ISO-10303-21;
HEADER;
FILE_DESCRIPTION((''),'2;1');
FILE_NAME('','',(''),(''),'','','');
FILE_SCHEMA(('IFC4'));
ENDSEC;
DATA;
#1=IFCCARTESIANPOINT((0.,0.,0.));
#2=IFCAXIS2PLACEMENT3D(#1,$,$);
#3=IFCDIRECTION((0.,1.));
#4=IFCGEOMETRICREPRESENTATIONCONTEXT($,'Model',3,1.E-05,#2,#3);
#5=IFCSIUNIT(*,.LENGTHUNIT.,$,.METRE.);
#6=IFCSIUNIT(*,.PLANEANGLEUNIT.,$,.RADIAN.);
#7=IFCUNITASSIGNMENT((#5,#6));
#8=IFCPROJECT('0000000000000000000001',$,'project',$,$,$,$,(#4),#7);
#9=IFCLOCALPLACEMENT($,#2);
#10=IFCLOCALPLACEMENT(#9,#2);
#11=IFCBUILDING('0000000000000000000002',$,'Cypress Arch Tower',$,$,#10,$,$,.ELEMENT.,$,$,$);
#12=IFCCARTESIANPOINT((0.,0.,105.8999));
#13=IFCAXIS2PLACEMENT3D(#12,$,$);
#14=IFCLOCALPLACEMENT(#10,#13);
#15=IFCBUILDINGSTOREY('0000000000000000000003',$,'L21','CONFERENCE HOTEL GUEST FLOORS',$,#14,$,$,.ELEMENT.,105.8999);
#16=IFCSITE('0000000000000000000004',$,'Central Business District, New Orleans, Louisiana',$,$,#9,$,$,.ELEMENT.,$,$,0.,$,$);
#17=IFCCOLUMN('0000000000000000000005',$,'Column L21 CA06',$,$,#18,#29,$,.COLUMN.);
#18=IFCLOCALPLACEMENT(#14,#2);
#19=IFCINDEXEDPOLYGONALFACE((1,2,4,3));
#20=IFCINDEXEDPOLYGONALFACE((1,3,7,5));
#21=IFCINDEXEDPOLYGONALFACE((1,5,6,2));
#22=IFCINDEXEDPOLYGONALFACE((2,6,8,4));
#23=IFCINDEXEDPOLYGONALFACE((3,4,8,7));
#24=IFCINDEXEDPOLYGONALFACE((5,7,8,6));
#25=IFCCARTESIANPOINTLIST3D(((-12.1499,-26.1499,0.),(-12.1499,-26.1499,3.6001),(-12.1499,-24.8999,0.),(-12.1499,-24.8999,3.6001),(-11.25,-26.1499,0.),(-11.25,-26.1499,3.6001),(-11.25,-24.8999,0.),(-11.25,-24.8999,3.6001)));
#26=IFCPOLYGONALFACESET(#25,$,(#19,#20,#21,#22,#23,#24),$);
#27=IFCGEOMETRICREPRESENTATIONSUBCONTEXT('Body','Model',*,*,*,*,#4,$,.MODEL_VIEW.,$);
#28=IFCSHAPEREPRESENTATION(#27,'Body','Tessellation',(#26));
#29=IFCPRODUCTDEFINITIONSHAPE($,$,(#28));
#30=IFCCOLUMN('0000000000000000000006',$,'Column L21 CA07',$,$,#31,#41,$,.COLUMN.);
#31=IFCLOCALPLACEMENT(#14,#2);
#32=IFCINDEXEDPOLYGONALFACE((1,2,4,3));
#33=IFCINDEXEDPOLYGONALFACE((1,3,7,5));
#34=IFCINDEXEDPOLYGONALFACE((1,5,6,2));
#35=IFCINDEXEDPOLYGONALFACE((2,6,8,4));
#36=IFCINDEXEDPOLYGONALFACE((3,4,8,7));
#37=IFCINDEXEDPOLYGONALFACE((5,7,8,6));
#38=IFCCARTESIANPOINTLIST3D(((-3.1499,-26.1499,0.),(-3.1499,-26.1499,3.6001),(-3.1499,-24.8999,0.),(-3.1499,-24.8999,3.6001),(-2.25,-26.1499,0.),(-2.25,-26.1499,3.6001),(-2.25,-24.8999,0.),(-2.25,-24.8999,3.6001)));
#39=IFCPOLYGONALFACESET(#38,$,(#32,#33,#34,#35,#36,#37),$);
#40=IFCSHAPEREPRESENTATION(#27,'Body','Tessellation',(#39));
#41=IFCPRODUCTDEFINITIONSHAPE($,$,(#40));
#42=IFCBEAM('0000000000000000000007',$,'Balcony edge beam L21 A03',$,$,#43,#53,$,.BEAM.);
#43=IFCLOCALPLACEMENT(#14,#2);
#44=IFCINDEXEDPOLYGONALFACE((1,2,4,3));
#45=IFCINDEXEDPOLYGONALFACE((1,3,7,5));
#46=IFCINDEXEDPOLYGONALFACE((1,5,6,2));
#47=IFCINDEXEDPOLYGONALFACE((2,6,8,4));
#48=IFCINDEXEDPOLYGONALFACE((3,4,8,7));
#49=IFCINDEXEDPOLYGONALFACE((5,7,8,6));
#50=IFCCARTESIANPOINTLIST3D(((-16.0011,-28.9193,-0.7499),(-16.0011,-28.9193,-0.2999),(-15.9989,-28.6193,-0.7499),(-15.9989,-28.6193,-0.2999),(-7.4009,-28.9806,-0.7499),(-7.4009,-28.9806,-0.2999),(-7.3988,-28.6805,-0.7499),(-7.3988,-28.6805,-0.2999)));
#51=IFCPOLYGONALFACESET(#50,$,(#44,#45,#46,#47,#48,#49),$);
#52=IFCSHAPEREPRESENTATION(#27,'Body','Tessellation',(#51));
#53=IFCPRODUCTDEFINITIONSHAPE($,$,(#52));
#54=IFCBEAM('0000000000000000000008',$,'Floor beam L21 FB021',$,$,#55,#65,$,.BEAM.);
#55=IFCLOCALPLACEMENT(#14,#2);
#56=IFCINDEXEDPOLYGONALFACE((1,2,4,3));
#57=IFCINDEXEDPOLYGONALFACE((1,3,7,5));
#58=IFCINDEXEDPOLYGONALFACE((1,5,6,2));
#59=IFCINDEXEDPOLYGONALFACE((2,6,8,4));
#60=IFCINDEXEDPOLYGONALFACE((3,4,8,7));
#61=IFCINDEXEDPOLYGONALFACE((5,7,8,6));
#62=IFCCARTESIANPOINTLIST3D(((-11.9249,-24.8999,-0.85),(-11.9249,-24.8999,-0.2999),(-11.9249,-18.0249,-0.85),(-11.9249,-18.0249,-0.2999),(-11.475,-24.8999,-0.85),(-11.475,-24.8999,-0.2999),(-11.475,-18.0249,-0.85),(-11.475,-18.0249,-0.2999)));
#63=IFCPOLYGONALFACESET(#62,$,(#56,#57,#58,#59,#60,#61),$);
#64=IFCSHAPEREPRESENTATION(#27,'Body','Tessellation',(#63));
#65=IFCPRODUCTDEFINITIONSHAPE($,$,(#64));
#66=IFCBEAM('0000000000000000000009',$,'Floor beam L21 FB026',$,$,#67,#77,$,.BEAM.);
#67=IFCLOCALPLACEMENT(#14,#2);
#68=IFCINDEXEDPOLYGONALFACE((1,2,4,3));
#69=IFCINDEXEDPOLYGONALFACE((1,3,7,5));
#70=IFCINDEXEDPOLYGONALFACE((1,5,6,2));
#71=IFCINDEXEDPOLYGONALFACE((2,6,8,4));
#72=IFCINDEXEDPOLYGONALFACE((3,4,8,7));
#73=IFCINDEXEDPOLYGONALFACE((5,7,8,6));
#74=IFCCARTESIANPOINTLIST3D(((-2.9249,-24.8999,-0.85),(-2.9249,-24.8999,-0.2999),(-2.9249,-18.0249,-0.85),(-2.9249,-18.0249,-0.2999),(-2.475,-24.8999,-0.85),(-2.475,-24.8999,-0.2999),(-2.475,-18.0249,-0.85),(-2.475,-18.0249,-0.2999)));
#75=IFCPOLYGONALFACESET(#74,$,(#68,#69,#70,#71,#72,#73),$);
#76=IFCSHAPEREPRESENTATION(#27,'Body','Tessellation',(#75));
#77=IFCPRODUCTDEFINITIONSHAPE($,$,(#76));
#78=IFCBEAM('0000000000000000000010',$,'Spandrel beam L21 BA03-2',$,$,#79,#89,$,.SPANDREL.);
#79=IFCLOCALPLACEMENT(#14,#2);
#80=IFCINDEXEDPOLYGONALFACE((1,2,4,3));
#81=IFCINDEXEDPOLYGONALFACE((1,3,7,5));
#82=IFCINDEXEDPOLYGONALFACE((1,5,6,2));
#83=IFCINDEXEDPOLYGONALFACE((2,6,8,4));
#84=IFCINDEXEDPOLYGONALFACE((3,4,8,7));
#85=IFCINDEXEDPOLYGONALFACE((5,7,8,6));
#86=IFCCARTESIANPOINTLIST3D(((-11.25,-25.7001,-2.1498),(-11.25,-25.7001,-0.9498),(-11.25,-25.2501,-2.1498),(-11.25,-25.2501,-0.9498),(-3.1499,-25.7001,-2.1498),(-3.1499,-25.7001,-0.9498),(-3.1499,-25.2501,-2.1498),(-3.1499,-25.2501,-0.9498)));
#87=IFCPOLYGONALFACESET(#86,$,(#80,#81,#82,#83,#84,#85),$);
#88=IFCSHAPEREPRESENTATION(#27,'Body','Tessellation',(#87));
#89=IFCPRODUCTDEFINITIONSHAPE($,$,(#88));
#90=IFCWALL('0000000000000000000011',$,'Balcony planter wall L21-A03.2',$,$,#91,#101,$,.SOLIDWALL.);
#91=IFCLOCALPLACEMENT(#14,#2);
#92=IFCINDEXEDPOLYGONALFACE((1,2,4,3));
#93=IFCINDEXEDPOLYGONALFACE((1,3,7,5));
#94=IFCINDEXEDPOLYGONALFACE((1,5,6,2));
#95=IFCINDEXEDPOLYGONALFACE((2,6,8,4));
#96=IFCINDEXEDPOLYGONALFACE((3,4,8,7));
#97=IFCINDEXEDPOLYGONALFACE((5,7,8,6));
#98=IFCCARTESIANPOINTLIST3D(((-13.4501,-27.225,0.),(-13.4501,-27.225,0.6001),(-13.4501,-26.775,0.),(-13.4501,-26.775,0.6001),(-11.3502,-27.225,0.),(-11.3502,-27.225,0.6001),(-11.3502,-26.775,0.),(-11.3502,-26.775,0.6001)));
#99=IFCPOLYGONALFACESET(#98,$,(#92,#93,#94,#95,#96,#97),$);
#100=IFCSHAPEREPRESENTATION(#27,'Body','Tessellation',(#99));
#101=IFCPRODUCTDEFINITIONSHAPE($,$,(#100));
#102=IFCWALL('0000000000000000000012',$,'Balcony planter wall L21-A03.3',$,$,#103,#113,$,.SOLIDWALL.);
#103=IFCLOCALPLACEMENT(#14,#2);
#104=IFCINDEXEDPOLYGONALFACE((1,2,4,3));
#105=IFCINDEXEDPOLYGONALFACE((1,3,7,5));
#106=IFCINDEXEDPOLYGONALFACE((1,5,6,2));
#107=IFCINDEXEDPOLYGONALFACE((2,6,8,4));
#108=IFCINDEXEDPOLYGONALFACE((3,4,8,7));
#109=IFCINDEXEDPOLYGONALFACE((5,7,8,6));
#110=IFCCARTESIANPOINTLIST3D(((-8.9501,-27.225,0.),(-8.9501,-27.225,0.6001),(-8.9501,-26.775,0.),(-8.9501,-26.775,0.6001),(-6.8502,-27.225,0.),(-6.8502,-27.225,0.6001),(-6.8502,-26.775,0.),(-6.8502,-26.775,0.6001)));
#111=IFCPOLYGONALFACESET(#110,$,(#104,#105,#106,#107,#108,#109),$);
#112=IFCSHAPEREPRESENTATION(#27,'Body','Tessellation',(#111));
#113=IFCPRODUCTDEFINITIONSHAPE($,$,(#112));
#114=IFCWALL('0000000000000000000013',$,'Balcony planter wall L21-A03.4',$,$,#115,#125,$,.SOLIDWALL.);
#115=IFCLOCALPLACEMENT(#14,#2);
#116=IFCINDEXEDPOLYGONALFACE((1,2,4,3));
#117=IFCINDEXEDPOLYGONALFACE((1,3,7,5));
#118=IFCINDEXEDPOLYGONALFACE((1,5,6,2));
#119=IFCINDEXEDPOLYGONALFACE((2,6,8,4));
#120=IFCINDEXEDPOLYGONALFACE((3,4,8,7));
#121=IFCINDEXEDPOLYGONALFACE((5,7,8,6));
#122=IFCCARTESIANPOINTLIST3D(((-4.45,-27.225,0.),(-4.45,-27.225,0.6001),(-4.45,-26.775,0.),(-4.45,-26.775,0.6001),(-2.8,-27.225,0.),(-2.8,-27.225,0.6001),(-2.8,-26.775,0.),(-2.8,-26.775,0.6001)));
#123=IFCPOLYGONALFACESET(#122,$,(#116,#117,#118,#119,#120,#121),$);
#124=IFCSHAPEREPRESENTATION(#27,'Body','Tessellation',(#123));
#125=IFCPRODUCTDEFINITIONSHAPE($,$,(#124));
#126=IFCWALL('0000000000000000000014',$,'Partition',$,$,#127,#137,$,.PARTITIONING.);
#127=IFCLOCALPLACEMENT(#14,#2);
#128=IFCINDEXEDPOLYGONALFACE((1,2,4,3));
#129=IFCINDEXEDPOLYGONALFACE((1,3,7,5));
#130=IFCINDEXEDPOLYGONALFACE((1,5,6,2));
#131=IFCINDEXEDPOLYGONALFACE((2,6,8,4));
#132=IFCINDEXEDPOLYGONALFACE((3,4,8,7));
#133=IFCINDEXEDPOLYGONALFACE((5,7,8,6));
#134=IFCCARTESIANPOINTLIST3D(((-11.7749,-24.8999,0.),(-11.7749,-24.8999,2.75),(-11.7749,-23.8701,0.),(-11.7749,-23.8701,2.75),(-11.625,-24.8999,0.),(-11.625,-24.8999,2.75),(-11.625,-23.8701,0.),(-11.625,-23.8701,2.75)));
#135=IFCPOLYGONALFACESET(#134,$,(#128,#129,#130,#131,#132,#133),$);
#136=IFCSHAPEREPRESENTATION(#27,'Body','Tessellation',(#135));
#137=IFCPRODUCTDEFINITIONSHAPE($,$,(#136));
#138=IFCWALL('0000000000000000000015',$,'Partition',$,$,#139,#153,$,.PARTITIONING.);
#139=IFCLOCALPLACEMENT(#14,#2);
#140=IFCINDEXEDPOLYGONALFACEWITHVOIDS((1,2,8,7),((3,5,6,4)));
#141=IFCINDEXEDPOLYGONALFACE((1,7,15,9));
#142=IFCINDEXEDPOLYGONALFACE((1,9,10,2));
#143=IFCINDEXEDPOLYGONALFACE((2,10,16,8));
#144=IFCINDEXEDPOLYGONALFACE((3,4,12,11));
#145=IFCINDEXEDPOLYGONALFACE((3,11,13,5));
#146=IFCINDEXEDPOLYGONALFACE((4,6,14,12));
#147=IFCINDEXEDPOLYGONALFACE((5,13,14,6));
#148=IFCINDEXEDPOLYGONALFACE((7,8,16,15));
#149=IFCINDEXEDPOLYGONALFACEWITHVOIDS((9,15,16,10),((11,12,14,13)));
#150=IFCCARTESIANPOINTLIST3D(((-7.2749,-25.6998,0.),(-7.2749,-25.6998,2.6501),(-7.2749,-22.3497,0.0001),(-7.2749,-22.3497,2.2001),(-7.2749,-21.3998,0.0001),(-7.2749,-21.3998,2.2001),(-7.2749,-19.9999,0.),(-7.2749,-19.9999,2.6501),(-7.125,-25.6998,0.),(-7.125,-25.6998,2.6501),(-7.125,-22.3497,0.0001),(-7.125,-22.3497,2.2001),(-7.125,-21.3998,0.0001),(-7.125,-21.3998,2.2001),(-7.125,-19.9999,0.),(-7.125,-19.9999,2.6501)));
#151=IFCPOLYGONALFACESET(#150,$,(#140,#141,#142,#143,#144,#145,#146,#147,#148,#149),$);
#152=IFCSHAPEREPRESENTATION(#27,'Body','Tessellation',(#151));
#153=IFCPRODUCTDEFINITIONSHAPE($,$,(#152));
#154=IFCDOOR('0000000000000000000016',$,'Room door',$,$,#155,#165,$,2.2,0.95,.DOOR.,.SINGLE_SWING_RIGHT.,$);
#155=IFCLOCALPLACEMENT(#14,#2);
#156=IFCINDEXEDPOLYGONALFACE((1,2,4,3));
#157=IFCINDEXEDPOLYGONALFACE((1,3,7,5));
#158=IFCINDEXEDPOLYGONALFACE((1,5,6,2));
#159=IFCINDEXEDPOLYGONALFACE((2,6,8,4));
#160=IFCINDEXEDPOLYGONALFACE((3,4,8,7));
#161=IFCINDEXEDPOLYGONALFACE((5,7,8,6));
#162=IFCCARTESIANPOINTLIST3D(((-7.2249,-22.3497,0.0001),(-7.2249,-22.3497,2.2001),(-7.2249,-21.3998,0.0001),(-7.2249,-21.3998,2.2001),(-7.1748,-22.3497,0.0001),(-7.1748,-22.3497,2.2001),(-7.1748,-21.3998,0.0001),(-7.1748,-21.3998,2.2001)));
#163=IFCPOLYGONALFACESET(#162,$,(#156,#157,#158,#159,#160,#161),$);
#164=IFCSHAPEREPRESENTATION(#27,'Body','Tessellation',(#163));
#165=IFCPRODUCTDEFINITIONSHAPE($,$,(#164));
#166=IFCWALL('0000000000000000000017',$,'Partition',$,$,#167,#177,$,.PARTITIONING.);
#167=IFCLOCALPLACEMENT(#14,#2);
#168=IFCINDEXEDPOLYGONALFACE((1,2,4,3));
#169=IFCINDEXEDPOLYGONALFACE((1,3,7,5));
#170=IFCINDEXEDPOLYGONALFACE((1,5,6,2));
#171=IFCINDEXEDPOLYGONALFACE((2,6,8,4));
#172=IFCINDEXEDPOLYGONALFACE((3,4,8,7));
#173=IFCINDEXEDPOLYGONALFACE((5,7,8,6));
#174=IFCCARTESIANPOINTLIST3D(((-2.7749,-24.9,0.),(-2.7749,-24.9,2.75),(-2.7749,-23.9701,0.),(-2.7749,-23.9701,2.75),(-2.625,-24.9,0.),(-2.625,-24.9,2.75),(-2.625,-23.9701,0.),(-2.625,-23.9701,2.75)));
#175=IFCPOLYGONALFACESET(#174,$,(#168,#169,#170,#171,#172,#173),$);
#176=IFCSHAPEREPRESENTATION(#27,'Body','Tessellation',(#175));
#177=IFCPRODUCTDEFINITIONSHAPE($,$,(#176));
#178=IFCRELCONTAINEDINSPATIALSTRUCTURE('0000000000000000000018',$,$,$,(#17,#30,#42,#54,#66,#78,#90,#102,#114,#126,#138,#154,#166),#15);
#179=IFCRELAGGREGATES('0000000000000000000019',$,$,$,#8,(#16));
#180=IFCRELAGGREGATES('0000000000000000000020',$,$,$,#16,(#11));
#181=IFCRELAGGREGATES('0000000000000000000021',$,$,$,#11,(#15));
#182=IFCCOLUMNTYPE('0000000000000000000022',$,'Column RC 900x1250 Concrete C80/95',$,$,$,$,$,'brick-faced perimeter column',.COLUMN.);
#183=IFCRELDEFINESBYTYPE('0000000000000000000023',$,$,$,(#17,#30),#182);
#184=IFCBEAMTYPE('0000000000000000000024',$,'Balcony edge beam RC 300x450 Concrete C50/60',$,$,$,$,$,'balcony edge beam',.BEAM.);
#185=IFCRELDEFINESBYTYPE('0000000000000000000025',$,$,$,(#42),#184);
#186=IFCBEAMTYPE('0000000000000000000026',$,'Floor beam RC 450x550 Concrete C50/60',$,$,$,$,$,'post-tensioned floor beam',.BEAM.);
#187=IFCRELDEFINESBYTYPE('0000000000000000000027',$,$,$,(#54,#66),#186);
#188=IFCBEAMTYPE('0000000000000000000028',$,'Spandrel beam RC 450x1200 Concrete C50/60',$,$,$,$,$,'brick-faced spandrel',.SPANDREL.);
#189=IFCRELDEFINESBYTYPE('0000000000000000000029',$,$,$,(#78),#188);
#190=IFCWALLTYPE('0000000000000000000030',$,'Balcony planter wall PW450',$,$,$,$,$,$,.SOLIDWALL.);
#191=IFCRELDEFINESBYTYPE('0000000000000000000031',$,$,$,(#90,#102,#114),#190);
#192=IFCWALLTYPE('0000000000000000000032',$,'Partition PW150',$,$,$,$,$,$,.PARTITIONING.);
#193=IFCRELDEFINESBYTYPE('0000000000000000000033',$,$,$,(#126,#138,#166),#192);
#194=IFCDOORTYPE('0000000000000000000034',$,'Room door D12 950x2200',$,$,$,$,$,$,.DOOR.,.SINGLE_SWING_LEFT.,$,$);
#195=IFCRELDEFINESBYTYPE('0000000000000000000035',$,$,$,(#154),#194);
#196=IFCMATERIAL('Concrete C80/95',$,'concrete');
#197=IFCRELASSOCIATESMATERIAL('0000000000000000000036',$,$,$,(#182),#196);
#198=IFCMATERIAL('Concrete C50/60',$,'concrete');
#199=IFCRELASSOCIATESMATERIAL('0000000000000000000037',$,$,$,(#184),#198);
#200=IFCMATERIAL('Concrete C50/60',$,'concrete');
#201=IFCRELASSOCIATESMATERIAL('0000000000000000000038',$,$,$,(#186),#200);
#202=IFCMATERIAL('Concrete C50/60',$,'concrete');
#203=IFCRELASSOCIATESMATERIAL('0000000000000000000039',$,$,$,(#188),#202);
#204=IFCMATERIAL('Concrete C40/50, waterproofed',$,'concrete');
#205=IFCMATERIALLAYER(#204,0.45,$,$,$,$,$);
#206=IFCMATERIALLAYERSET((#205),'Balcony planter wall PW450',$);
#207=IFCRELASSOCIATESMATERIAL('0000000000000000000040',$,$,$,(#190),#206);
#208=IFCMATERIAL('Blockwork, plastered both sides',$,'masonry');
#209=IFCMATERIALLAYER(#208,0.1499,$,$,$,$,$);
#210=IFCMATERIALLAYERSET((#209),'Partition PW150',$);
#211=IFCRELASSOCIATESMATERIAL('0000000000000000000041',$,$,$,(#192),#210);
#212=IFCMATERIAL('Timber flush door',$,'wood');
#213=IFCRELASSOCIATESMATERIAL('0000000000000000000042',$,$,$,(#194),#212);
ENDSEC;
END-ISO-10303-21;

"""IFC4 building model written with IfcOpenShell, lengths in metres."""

from ifc_helpers import new_model, si_unit, direction, frame, frame_2d, origin, origin_2d, place, context, subcontext, project, spatial, rectangle, extrude, material, layer, layer_set, material_profile, profile_set, type_object, element, fill, save


model = new_model("IFC4")

# Units and contexts
model_context = context("Model", 3, precision=1e-05, world=origin(), true_north=direction((0.0, 1.0)))
body_context = subcontext(model_context, "Body", "Model", "MODEL_VIEW")
ifc_project = project(units=[si_unit("LENGTHUNIT", "METRE"), si_unit("PLANEANGLEUNIT", "RADIAN")], contexts=[model_context])

# Site, building, storey
site_placement = place(None, origin())
site = spatial("IfcSite", under=ifc_project, at=site_placement, Name="Central Business District, New Orleans, Louisiana", CompositionType="ELEMENT", RefElevation=0.0)
building_placement = place(site_placement, origin())
building = spatial("IfcBuilding", under=site, at=building_placement, Name="Cypress Arch Tower", CompositionType="ELEMENT")
storey_placement = place(building_placement, frame((0.0, 0.0, 105.8999)))
storey = spatial("IfcBuildingStorey", under=building, at=storey_placement, Name="L21", Description="CONFERENCE HOTEL GUEST FLOORS", CompositionType="ELEMENT", Elevation=105.8999)

# Columns
ifc_material_1 = material(Name="Concrete C80/95", Category="concrete")
ifc_material_profile_1 = material_profile(ifc_material_1, rectangle(XDim=0.8999, YDim=1.25, at=origin_2d()), Name="RC 900x1250")
ifc_profile_set_1 = profile_set([ifc_material_profile_1], Name="Concrete C80/95")
column_type = type_object("IfcColumnType", Name="Column RC 900x1250 Concrete C80/95", ElementType="brick-faced perimeter column", PredefinedType="COLUMN", material=ifc_profile_set_1)
for number, where, z_axis, x_axis, name in (
    (1, (-11.7, -25.5249, 0.0), (0.0, 0.0, 1.0), (1.0, 0.0, 0.0), "Column L21 CA06"),
    (2, (-2.7, -25.5249, 0.0), (0.0, 0.0, 1.0), (1.0, 0.0, 0.0), "Column L21 CA07"),
):
    element("IfcColumn", number, at=place(storey_placement, frame(where, z_axis=z_axis, x_axis=x_axis)), inside=storey, type_object=column_type, Name=name, PredefinedType="COLUMN", context=body_context, shape_type="SweptSolid", body=[
        extrude(rectangle(XDim=0.8999, YDim=1.25, at=origin_2d()), origin(), (0.0, 0.0, 1.0), 3.6001),
    ])

# Beams
ifc_material_2 = material(Name="Concrete C50/60", Category="concrete")
ifc_material_profile_2 = material_profile(ifc_material_2, rectangle(XDim=0.3, YDim=0.45, at=origin_2d()), Name="RC 300x450")
ifc_profile_set_2 = profile_set([ifc_material_profile_2], Name="Concrete C50/60")
beam_type_1 = type_object("IfcBeamType", Name="Balcony edge beam RC 300x450 Concrete C50/60", ElementType="balcony edge beam", PredefinedType="BEAM", material=ifc_profile_set_2)
beam_1_placement = place(storey_placement, frame((-16.0, -28.7693, -0.5249), z_axis=(0.999975, -0.007125, 0.0), x_axis=(0.007125, 0.999975, 0.0)))
element("IfcBeam", 3, at=beam_1_placement, inside=storey, type_object=beam_type_1, Name="Balcony edge beam L21 A03", PredefinedType="BEAM", context=body_context, shape_type="SweptSolid", body=[
    extrude(rectangle(XDim=0.3, YDim=0.45, at=origin_2d()), origin(), (0.0, 0.0, 1.0), 8.6003),
])
ifc_material_3 = material(Name="Concrete C50/60", Category="concrete")
ifc_material_profile_3 = material_profile(ifc_material_3, rectangle(XDim=0.45, YDim=0.55, at=origin_2d()), Name="RC 450x550")
ifc_profile_set_3 = profile_set([ifc_material_profile_3], Name="Concrete C50/60")
beam_type_2 = type_object("IfcBeamType", Name="Floor beam RC 450x550 Concrete C50/60", ElementType="post-tensioned floor beam", PredefinedType="BEAM", material=ifc_profile_set_3)
for number, where, z_axis, x_axis, name in (
    (4, (-11.7, -24.8999, -0.575), (0.0, 1.0, 0.0), (-1.0, 0.0, 0.0), "Floor beam L21 FB021"),
    (5, (-2.7, -24.8999, -0.575), (0.0, 1.0, 0.0), (-1.0, 0.0, 0.0), "Floor beam L21 FB026"),
):
    element("IfcBeam", number, at=place(storey_placement, frame(where, z_axis=z_axis, x_axis=x_axis)), inside=storey, type_object=beam_type_2, Name=name, PredefinedType="BEAM", context=body_context, shape_type="SweptSolid", body=[
        extrude(rectangle(XDim=0.45, YDim=0.55, at=origin_2d()), origin(), (0.0, 0.0, 1.0), 6.875),
    ])
ifc_material_4 = material(Name="Concrete C50/60", Category="concrete")
ifc_material_profile_4 = material_profile(ifc_material_4, rectangle(XDim=0.45, YDim=1.2, at=origin_2d()), Name="RC 450x1200")
ifc_profile_set_4 = profile_set([ifc_material_profile_4], Name="Concrete C50/60")
beam_type_3 = type_object("IfcBeamType", Name="Spandrel beam RC 450x1200 Concrete C50/60", ElementType="brick-faced spandrel", PredefinedType="SPANDREL", material=ifc_profile_set_4)
beam_2_placement = place(storey_placement, frame((-11.25, -25.4751, -1.5498), z_axis=(1.0, 0.0, 0.0), x_axis=(0.0, 1.0, 0.0)))
element("IfcBeam", 6, at=beam_2_placement, inside=storey, type_object=beam_type_3, Name="Spandrel beam L21 BA03-2", PredefinedType="SPANDREL", context=body_context, shape_type="SweptSolid", body=[
    extrude(rectangle(XDim=0.45, YDim=1.2, at=origin_2d()), origin(), (0.0, 0.0, 1.0), 8.1001),
])

# Walls
ifc_material_5 = material(Name="Concrete C40/50, waterproofed", Category="concrete")
ifc_layer_1 = layer(ifc_material_5, 0.45)
ifc_layer_set_1 = layer_set([ifc_layer_1], Name="Balcony planter wall PW450")
wall_type_1 = type_object("IfcWallType", Name="Balcony planter wall PW450", PredefinedType="SOLIDWALL", material=ifc_layer_set_1)
for number, where, z_axis, x_axis, name in (
    (7, (-13.45, -27.0, 0.0), (0.0, 0.0, 1.0), (1.0, 0.0, 0.0), "Balcony planter wall L21-A03.2"),
    (8, (-8.95, -27.0, 0.0), (0.0, 0.0, 1.0), (1.0, 0.0, 0.0), "Balcony planter wall L21-A03.3"),
):
    element("IfcWall", number, at=place(storey_placement, frame(where, z_axis=z_axis, x_axis=x_axis)), inside=storey, type_object=wall_type_1, Name=name, PredefinedType="SOLIDWALL", context=body_context, shape_type="SweptSolid", body=[
        extrude(rectangle(XDim=2.0999, YDim=0.45, at=frame_2d((1.0498, 0.0))), origin(), (0.0, 0.0, 1.0), 0.6001),
    ])
wall_1_placement = place(storey_placement, frame((-4.45, -27.0, 0.0), z_axis=(0.0, 0.0, 1.0), x_axis=(1.0, 0.0, 0.0)))
element("IfcWall", 9, at=wall_1_placement, inside=storey, type_object=wall_type_1, Name="Balcony planter wall L21-A03.4", PredefinedType="SOLIDWALL", context=body_context, shape_type="SweptSolid", body=[
    extrude(rectangle(XDim=1.6499, YDim=0.45, at=frame_2d((0.825, 0.0))), origin(), (0.0, 0.0, 1.0), 0.6001),
])

# Wall
ifc_material_6 = material(Name="Blockwork, plastered both sides", Category="masonry")
ifc_layer_2 = layer(ifc_material_6, 0.1499)
ifc_layer_set_2 = layer_set([ifc_layer_2], Name="Partition PW150")
wall_type_2 = type_object("IfcWallType", Name="Partition PW150", PredefinedType="PARTITIONING", material=ifc_layer_set_2)
wall_2_placement = place(storey_placement, frame((-11.7, -24.8999, 0.0), z_axis=(0.0, 0.0, 1.0), x_axis=(0.0, 1.0, 0.0)))
element("IfcWall", 10, at=wall_2_placement, inside=storey, type_object=wall_type_2, Name="Partition", PredefinedType="PARTITIONING", context=body_context, shape_type="SweptSolid", body=[
    extrude(rectangle(XDim=1.0298, YDim=0.1499, at=frame_2d((0.5149, 0.0))), origin(), (0.0, 0.0, 1.0), 2.75),
])

# Wall, opening, door
wall_3_placement = place(storey_placement, frame((-7.2, -25.7, 0.0), z_axis=(0.0, 0.0, 1.0), x_axis=(0.0, 1.0, 0.0)))
wall_3 = element("IfcWall", 11, at=wall_3_placement, inside=storey, type_object=wall_type_2, Name="Partition", PredefinedType="PARTITIONING", context=body_context, shape_type="SweptSolid", body=[
    extrude(rectangle(XDim=5.7, YDim=0.1499, at=frame_2d((2.8501, 0.0))), origin(), (0.0, 0.0, 1.0), 2.6501),
])
opening_1_placement = place(wall_3_placement, frame((3.3501, 0.0, 0.0)))
opening_1 = element("IfcOpeningElement", 12, at=opening_1_placement, cuts=wall_3, PredefinedType="OPENING", context=body_context, shape_type="SweptSolid", body=[
    extrude(rectangle(XDim=0.95, YDim=2.2, at=frame_2d((0.4751, 1.1001))), frame((0.0, 0.085, 0.0), z_axis=(0.0, -1.0, 0.0), x_axis=(1.0, 0.0, 0.0)), (0.0, 0.0, 1.0), 0.1699),
])
ifc_material_7 = material(Name="Timber flush door", Category="wood")
door_type_1 = type_object("IfcDoorType", Name="Room door D12 950x2200", OperationType="SINGLE_SWING_LEFT", PredefinedType="DOOR", material=ifc_material_7)
door_1_placement = place(opening_1_placement, origin())
door_1 = element("IfcDoor", 13, at=door_1_placement, inside=storey, type_object=door_type_1, Name="Room door", OperationType="SINGLE_SWING_RIGHT", OverallHeight=2.2, OverallWidth=0.95, PredefinedType="DOOR", context=body_context, shape_type="SweptSolid", body=[
    extrude(rectangle(XDim=0.95, YDim=2.2, at=frame_2d((0.4751, 1.1001))), frame((0.0, 0.0249, 0.0), z_axis=(0.0, -1.0, 0.0), x_axis=(1.0, 0.0, 0.0)), (0.0, 0.0, 1.0), 0.05),
])
fill(opening_1, door_1)

# Wall
wall_4_placement = place(storey_placement, frame((-2.7, -24.8999, 0.0), z_axis=(0.0, 0.0, 1.0), x_axis=(0.0, 1.0, 0.0)))
element("IfcWall", 14, at=wall_4_placement, inside=storey, type_object=wall_type_2, Name="Partition", PredefinedType="PARTITIONING", context=body_context, shape_type="SweptSolid", body=[
    extrude(rectangle(XDim=0.9299, YDim=0.1499, at=frame_2d((0.4648, 0.0))), origin(), (0.0, 0.0, 1.0), 2.75),
])

save(model, "model.ifc")
